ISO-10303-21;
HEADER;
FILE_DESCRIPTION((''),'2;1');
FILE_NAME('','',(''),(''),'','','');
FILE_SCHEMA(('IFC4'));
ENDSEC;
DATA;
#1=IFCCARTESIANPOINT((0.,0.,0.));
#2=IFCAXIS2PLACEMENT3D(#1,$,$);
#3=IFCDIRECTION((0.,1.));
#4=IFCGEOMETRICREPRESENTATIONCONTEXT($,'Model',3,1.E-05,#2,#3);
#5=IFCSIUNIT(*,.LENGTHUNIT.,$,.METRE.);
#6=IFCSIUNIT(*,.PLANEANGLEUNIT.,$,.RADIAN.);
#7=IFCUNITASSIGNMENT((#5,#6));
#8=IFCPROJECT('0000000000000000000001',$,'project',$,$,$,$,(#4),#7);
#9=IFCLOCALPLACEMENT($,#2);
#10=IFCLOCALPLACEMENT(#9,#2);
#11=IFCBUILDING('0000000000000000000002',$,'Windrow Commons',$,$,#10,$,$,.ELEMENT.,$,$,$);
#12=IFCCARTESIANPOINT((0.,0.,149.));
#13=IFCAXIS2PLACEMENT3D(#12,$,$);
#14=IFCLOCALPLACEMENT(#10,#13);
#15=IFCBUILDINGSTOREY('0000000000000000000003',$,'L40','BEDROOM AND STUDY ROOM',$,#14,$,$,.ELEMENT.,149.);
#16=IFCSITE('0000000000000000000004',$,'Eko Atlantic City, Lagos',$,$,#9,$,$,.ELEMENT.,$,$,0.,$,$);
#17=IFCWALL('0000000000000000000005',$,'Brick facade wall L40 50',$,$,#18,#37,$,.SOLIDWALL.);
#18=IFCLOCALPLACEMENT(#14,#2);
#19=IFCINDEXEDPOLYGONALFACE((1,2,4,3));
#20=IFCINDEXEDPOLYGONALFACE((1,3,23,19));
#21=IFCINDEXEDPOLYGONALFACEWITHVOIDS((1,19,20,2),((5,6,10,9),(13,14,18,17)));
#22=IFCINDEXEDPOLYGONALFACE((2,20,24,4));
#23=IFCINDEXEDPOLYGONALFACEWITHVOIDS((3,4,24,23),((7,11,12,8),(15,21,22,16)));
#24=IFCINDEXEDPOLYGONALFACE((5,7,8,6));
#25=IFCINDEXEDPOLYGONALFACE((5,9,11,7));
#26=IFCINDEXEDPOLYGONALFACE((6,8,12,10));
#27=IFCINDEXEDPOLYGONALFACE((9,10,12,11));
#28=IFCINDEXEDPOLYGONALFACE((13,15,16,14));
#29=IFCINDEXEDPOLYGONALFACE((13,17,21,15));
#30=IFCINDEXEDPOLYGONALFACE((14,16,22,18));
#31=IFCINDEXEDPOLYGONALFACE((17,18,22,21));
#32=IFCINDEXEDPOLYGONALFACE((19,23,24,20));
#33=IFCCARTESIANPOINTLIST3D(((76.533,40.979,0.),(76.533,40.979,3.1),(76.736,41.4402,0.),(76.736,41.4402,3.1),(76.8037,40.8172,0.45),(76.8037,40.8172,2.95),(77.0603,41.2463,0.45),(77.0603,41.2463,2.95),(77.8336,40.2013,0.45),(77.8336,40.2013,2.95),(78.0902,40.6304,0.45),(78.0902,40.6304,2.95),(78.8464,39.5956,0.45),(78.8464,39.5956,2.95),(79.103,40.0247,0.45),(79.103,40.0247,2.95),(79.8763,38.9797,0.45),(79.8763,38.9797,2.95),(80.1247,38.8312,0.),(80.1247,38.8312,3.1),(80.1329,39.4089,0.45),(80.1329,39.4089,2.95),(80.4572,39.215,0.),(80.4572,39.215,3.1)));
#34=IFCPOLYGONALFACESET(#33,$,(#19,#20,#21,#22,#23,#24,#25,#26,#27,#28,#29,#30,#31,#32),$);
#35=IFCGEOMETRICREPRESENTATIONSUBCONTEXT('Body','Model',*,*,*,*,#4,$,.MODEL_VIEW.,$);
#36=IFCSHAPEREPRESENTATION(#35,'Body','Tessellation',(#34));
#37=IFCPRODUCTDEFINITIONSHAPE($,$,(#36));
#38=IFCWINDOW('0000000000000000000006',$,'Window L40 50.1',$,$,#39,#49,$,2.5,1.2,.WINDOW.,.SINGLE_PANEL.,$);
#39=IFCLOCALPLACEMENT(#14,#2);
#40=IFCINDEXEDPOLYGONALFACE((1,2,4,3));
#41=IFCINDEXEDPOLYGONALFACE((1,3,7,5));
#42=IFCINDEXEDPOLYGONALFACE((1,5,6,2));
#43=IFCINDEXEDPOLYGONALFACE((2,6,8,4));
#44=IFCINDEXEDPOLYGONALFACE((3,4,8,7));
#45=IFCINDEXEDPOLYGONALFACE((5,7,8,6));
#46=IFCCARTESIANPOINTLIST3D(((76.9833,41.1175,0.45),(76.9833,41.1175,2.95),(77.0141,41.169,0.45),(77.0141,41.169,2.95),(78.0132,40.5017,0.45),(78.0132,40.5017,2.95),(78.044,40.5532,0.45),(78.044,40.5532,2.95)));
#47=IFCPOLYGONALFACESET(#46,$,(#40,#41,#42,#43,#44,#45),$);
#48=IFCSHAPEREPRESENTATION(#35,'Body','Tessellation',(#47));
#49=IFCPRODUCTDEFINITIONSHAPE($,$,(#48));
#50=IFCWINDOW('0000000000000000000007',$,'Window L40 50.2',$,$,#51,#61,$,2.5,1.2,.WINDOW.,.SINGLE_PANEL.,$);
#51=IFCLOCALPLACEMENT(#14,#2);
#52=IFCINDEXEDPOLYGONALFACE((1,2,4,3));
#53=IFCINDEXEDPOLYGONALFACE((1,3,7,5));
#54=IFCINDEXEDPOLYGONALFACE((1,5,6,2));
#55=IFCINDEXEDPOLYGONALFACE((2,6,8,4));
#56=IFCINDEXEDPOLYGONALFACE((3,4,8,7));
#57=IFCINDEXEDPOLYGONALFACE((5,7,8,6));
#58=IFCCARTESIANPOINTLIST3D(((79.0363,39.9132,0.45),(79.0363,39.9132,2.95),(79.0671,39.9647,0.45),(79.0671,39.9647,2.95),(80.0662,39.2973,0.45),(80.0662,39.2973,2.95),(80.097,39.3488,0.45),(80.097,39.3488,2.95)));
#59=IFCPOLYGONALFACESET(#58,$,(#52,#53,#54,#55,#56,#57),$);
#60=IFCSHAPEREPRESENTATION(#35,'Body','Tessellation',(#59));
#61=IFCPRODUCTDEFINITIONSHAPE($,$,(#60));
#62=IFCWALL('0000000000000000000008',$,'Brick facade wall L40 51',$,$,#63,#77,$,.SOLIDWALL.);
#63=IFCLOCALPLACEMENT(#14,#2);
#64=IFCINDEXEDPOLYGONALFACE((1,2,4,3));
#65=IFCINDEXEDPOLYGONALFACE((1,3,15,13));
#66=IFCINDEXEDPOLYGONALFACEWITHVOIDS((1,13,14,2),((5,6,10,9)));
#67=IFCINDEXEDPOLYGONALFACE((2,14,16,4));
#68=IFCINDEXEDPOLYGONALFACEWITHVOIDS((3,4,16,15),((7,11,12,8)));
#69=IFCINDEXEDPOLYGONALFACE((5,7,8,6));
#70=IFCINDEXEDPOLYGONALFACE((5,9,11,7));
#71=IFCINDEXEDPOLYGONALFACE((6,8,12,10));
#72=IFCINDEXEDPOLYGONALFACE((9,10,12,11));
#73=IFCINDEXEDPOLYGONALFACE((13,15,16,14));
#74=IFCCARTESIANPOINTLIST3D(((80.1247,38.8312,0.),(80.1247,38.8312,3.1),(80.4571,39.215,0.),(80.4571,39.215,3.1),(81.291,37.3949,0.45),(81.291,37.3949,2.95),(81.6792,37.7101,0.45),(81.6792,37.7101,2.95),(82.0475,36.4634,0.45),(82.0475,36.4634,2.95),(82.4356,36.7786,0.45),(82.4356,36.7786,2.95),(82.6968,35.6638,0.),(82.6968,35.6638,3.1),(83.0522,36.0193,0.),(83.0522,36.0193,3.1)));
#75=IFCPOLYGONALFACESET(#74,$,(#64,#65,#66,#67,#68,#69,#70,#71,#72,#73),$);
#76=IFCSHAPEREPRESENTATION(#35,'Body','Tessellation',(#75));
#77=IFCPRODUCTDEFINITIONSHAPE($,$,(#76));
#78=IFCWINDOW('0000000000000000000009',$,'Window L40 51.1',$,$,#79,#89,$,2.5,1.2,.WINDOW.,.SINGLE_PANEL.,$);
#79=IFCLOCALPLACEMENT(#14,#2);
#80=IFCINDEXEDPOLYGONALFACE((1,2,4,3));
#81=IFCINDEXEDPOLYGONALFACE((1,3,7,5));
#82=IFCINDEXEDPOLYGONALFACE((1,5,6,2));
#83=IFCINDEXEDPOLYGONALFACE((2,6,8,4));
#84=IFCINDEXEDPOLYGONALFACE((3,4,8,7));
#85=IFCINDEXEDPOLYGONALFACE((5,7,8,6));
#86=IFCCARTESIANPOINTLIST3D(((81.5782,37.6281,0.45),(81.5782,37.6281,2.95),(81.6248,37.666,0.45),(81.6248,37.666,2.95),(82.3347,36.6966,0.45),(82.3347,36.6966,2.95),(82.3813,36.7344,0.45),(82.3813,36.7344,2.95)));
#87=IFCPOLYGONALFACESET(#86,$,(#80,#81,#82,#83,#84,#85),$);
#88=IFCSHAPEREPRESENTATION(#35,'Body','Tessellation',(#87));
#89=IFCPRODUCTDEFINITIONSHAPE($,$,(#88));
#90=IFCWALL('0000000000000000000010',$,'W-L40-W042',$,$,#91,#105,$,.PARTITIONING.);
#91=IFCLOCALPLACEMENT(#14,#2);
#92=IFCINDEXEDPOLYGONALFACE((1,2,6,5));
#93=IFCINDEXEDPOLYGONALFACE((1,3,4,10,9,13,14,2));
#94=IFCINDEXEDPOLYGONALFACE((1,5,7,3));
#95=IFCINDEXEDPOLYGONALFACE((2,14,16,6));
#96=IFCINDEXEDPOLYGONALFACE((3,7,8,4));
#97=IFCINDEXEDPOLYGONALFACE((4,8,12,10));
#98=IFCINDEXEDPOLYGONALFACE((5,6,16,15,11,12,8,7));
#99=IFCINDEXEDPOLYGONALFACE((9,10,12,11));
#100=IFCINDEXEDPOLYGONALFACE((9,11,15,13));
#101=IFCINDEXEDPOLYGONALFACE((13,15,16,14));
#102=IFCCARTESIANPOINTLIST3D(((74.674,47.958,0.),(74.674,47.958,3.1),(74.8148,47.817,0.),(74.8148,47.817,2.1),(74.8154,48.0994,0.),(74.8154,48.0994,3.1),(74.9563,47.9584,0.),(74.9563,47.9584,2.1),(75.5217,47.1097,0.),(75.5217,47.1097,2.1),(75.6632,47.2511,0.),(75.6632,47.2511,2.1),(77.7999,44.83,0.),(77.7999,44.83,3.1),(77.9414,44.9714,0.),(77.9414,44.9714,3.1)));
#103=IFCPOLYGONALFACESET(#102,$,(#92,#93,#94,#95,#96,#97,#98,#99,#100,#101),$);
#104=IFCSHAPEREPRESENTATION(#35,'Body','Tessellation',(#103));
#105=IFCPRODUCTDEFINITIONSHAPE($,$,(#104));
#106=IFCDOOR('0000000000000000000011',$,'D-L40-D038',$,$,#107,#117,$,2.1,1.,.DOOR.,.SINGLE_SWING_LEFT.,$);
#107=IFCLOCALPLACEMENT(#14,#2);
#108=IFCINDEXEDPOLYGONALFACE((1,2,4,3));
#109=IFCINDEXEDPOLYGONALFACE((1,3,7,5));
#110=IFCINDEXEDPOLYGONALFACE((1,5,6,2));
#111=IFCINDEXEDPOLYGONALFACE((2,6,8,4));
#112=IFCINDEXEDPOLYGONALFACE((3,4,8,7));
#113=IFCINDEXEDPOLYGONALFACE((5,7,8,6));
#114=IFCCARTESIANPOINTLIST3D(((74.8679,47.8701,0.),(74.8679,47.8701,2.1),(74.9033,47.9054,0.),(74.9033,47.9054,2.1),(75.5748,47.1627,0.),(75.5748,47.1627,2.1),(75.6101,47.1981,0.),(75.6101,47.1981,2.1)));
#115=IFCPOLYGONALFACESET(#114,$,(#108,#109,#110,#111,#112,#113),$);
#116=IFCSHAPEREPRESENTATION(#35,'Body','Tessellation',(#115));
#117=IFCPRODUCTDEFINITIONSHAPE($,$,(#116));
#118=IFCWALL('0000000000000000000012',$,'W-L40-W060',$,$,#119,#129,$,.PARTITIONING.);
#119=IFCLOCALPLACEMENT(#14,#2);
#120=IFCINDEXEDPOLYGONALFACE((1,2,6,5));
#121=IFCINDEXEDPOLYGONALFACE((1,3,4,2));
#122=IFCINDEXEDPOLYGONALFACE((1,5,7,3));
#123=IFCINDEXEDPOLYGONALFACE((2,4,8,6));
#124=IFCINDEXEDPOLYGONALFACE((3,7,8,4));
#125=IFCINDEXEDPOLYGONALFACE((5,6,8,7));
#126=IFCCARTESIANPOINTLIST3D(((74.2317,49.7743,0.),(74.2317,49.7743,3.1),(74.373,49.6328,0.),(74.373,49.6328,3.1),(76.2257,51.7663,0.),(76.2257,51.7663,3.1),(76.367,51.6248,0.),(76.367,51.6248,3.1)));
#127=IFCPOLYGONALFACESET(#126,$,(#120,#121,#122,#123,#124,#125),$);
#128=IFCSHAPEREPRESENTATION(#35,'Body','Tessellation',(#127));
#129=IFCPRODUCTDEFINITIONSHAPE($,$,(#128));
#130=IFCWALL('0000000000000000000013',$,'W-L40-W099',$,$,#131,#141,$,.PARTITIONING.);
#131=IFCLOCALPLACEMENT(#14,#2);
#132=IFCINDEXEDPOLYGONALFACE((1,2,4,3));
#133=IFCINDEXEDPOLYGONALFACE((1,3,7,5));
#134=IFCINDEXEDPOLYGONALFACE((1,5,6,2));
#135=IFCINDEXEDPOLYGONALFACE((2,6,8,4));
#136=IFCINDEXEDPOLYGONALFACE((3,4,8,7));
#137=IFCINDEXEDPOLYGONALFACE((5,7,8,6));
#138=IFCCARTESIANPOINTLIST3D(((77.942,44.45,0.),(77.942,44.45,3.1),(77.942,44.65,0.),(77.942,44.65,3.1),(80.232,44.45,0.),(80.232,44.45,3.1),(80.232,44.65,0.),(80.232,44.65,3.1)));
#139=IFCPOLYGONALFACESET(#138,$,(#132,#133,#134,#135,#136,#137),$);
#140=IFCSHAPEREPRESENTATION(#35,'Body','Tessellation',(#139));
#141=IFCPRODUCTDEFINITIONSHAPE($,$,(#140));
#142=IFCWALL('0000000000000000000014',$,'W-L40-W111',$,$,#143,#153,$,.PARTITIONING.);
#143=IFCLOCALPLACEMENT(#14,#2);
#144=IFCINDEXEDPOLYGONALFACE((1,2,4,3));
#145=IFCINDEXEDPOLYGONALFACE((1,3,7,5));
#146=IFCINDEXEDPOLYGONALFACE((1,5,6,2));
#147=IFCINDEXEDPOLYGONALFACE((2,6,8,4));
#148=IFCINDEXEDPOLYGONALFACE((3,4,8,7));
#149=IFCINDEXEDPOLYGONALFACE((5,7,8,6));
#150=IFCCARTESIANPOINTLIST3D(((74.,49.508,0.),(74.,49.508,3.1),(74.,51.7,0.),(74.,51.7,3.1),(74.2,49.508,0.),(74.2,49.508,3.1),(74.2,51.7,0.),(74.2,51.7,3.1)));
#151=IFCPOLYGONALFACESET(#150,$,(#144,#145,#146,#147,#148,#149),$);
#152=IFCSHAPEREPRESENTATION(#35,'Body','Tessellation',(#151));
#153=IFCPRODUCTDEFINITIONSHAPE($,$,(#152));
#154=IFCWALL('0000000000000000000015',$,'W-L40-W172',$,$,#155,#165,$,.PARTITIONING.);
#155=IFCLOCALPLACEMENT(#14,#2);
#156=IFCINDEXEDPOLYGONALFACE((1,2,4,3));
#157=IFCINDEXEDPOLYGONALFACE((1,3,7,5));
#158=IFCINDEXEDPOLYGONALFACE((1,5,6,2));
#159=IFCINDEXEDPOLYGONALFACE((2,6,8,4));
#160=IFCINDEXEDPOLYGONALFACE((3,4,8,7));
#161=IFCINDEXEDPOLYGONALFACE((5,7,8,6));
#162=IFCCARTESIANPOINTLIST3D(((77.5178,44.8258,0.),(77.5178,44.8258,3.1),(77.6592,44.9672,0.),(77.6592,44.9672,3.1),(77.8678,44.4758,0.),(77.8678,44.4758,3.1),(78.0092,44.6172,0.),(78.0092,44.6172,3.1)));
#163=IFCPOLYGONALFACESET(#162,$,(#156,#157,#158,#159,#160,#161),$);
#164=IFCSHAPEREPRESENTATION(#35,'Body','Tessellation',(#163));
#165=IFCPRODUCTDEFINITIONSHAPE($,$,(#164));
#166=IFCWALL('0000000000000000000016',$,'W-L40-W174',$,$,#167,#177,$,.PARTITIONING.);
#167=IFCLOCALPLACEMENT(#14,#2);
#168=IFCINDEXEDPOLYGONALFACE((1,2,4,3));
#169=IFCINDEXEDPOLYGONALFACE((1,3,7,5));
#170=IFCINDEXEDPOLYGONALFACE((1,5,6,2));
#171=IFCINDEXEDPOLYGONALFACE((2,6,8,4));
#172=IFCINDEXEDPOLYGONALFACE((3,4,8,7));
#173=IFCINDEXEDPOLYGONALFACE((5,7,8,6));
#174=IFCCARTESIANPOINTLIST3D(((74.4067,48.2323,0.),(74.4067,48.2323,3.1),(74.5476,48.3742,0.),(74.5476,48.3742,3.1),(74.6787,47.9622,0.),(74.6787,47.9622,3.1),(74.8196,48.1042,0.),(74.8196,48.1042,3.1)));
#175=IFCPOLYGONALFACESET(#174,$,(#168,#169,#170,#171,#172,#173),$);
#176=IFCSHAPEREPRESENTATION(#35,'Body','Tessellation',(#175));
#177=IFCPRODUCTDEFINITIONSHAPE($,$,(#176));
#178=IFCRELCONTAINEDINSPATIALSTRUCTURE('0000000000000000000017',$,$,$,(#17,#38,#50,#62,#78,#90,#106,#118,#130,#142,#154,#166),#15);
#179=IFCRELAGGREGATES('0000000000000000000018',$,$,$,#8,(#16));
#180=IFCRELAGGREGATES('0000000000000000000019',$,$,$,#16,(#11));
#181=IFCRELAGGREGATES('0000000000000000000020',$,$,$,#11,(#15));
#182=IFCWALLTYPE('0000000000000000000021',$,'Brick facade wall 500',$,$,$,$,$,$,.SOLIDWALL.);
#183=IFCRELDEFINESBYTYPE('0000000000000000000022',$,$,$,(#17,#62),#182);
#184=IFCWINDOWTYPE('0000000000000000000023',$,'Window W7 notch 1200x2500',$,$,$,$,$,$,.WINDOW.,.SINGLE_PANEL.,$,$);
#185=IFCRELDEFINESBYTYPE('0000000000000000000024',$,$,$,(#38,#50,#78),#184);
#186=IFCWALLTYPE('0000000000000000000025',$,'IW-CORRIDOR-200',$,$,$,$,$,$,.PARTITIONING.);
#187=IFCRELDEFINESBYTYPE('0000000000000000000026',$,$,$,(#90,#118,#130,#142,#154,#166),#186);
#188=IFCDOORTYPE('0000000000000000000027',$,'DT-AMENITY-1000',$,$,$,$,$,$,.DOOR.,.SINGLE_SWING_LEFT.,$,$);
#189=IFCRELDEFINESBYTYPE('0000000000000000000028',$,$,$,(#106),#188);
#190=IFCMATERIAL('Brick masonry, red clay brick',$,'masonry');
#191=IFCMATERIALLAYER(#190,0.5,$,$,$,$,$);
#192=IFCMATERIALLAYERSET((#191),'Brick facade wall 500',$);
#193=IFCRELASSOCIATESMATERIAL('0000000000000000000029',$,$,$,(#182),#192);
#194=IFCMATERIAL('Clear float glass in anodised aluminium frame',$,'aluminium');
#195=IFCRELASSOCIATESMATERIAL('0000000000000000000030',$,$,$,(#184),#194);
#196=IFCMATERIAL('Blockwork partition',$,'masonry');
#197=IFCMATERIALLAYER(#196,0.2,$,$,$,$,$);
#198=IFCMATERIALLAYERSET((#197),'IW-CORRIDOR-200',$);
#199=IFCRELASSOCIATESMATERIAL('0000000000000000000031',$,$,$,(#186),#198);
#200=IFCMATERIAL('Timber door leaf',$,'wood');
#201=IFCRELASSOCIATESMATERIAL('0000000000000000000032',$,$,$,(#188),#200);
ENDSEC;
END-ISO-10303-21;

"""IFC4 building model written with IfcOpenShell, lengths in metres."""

from ifc_helpers import new_model, si_unit, direction, frame, frame_2d, origin, place, context, subcontext, project, spatial, polyline, rectangle, outline, extrude, material, layer, layer_set, type_object, element, fill, save


model = new_model("IFC4")

# Units and contexts
model_context = context("Model", 3, precision=1e-05, world=origin(), true_north=direction((0.0, 1.0)))
body_context = subcontext(model_context, "Body", "Model", "MODEL_VIEW")
ifc_project = project(units=[si_unit("LENGTHUNIT", "METRE"), si_unit("PLANEANGLEUNIT", "RADIAN")], contexts=[model_context])

# Site, building, storey
site_placement = place(None, origin())
site = spatial("IfcSite", under=ifc_project, at=site_placement, Name="Eko Atlantic City, Lagos", CompositionType="ELEMENT", RefElevation=0.0)
building_placement = place(site_placement, origin())
building = spatial("IfcBuilding", under=site, at=building_placement, Name="Windrow Commons", CompositionType="ELEMENT")
storey_placement = place(building_placement, frame((0.0, 0.0, 149.0)))
storey = spatial("IfcBuildingStorey", under=building, at=storey_placement, Name="L40", Description="BEDROOM AND STUDY ROOM", CompositionType="ELEMENT", Elevation=149.0)

# Shared definitions
ifc_material_1 = material(Name="Brick masonry, red clay brick", Category="masonry")
ifc_layer_1 = layer(ifc_material_1, 0.5)
ifc_layer_set_1 = layer_set([ifc_layer_1], Name="Brick facade wall 500")
wall_type_1 = type_object("IfcWallType", Name="Brick facade wall 500", PredefinedType="SOLIDWALL", material=ifc_layer_set_1)
ifc_material_2 = material(Name="Clear float glass in anodised aluminium frame", Category="aluminium")
window_type = type_object("IfcWindowType", Name="Window W7 notch 1200x2500", PartitioningType="SINGLE_PANEL", PredefinedType="WINDOW", material=ifc_material_2)

# Wall, openings, windows
wall_1_placement = place(storey_placement, frame((76.6345, 41.2096, 0.0), z_axis=(0.0, 0.0, 1.0), x_axis=(0.858252, -0.513228, 0.0)))
wall_1 = element("IfcWall", 1, at=wall_1_placement, inside=storey, type_object=wall_type_1, Name="Brick facade wall L40 50", PredefinedType="SOLIDWALL", context=body_context, shape_type="SweptSolid", body=[
    extrude(outline(polyline([(0.0312, -0.25), (4.2161, -0.25), (4.3045, 0.25), (-0.0312, 0.25), (0.0312, -0.25)])), origin(), (0.0, 0.0, 1.0), 3.1),
])
opening_1_placement = place(wall_1_placement, frame((0.3466, 0.0, 0.45)))
opening_1 = element("IfcOpeningElement", 2, at=opening_1_placement, cuts=wall_1, PredefinedType="OPENING", context=body_context, shape_type="SweptSolid", body=[
    extrude(rectangle(XDim=1.2, YDim=2.5, at=frame_2d((0.6, 1.25))), frame((0.0, 0.26, 0.0), z_axis=(0.0, -1.0, 0.0), x_axis=(1.0, 0.0, 0.0)), (0.0, 0.0, 1.0), 0.52),
])
opening_2_placement = place(wall_1_placement, frame((2.7267, 0.0, 0.45)))
opening_2 = element("IfcOpeningElement", 3, at=opening_2_placement, cuts=wall_1, PredefinedType="OPENING", context=body_context, shape_type="SweptSolid", body=[
    extrude(rectangle(XDim=1.2, YDim=2.5, at=frame_2d((0.6, 1.25))), frame((0.0, 0.26, 0.0), z_axis=(0.0, -1.0, 0.0), x_axis=(1.0, 0.0, 0.0)), (0.0, 0.0, 1.0), 0.52),
])
window_1_placement = place(opening_1_placement, origin())
window_1 = element("IfcWindow", 4, at=window_1_placement, inside=storey, type_object=window_type, Name="Window L40 50.1", OverallHeight=2.5, OverallWidth=1.2, PartitioningType="SINGLE_PANEL", PredefinedType="WINDOW", context=body_context, shape_type="SweptSolid", body=[
    extrude(rectangle(XDim=1.2, YDim=2.5, at=frame_2d((0.6, 1.25))), frame((0.0, 0.16, 0.0), z_axis=(0.0, -1.0, 0.0), x_axis=(1.0, 0.0, 0.0)), (0.0, 0.0, 1.0), 0.06),
])
fill(opening_1, window_1)
window_2_placement = place(opening_2_placement, origin())
window_2 = element("IfcWindow", 5, at=window_2_placement, inside=storey, type_object=window_type, Name="Window L40 50.2", OverallHeight=2.5, OverallWidth=1.2, PartitioningType="SINGLE_PANEL", PredefinedType="WINDOW", context=body_context, shape_type="SweptSolid", body=[
    extrude(rectangle(XDim=1.2, YDim=2.5, at=frame_2d((0.6, 1.25))), frame((0.0, 0.18, 0.0), z_axis=(0.0, -1.0, 0.0), x_axis=(1.0, 0.0, 0.0)), (0.0, 0.0, 1.0), 0.06),
])
fill(opening_2, window_2)

# Wall, opening, window
wall_2_placement = place(storey_placement, frame((80.2909, 39.0231, 0.0), z_axis=(0.0, 0.0, 1.0), x_axis=(0.630379, -0.776287, 0.0)))
wall_2 = element("IfcWall", 6, at=wall_2_placement, inside=storey, type_object=wall_type_1, Name="Brick facade wall L40 51", PredefinedType="SOLIDWALL", context=body_context, shape_type="SweptSolid", body=[
    extrude(outline(polyline([(0.0442, -0.25), (4.1244, -0.25), (4.0725, 0.25), (-0.0442, 0.25), (0.0442, -0.25)])), origin(), (0.0, 0.0, 1.0), 3.1),
])
opening_3_placement = place(wall_2_placement, frame((1.8944, 0.0, 0.45)))
opening_3 = element("IfcOpeningElement", 7, at=opening_3_placement, cuts=wall_2, PredefinedType="OPENING", context=body_context, shape_type="SweptSolid", body=[
    extrude(rectangle(XDim=1.2, YDim=2.5, at=frame_2d((0.6, 1.25))), frame((0.0, 0.26, 0.0), z_axis=(0.0, -1.0, 0.0), x_axis=(1.0, 0.0, 0.0)), (0.0, 0.0, 1.0), 0.52),
])
window_3_placement = place(opening_3_placement, origin())
window_3 = element("IfcWindow", 8, at=window_3_placement, inside=storey, type_object=window_type, Name="Window L40 51.1", OverallHeight=2.5, OverallWidth=1.2, PartitioningType="SINGLE_PANEL", PredefinedType="WINDOW", context=body_context, shape_type="SweptSolid", body=[
    extrude(rectangle(XDim=1.2, YDim=2.5, at=frame_2d((0.6, 1.25))), frame((0.0, 0.18, 0.0), z_axis=(0.0, -1.0, 0.0), x_axis=(1.0, 0.0, 0.0)), (0.0, 0.0, 1.0), 0.06),
])
fill(opening_3, window_3)

# Wall, opening, door
ifc_material_3 = material(Name="Blockwork partition", Category="masonry")
ifc_layer_2 = layer(ifc_material_3, 0.2)
ifc_layer_set_2 = layer_set([ifc_layer_2], Name="IW-CORRIDOR-200")
wall_type_2 = type_object("IfcWallType", Name="IW-CORRIDOR-200", PredefinedType="PARTITIONING", material=ifc_layer_set_2)
wall_3_placement = place(storey_placement, frame((74.7447, 48.0287, 0.0), z_axis=(0.0, 0.0, 1.0), x_axis=(0.706881, -0.707333, 0.0)))
wall_3 = element("IfcWall", 9, at=wall_3_placement, inside=storey, type_object=wall_type_2, Name="W-L40-W042", PredefinedType="PARTITIONING", context=body_context, shape_type="SweptSolid", body=[
    extrude(rectangle(XDim=4.4222, YDim=0.2, at=frame_2d((2.2111, 0.0))), origin(), (0.0, 0.0, 1.0), 3.1),
])
opening_4_placement = place(wall_3_placement, frame((0.1993, 0.0, 0.0)))
opening_4 = element("IfcOpeningElement", 10, at=opening_4_placement, cuts=wall_3, PredefinedType="OPENING", context=body_context, shape_type="SweptSolid", body=[
    extrude(rectangle(XDim=1.0, YDim=2.1, at=frame_2d((0.5, 1.05))), frame((0.0, 0.11, 0.0), z_axis=(0.0, -1.0, 0.0), x_axis=(1.0, 0.0, 0.0)), (0.0, 0.0, 1.0), 0.22),
])
ifc_material_4 = material(Name="Timber door leaf", Category="wood")
door_type_1 = type_object("IfcDoorType", Name="DT-AMENITY-1000", OperationType="SINGLE_SWING_LEFT", PredefinedType="DOOR", material=ifc_material_4)
door_1_placement = place(opening_4_placement, origin())
door_1 = element("IfcDoor", 11, at=door_1_placement, inside=storey, type_object=door_type_1, Name="D-L40-D038", OperationType="SINGLE_SWING_LEFT", OverallHeight=2.1, OverallWidth=1.0, PredefinedType="DOOR", context=body_context, shape_type="SweptSolid", body=[
    extrude(rectangle(XDim=1.0, YDim=2.1, at=frame_2d((0.5, 1.05))), frame((0.0, 0.025, 0.0), z_axis=(0.0, -1.0, 0.0), x_axis=(1.0, 0.0, 0.0)), (0.0, 0.0, 1.0), 0.05),
])
fill(opening_4, door_1)

# Walls
wall_4_placement = place(storey_placement, frame((74.3024, 49.7036, 0.0), z_axis=(0.0, 0.0, 1.0), x_axis=(0.707461, 0.706752, 0.0)))
element("IfcWall", 12, at=wall_4_placement, inside=storey, type_object=wall_type_2, Name="W-L40-W060", PredefinedType="PARTITIONING", context=body_context, shape_type="SweptSolid", body=[
    extrude(rectangle(XDim=2.8185, YDim=0.2, at=frame_2d((1.4092, 0.0))), origin(), (0.0, 0.0, 1.0), 3.1),
])
wall_5_placement = place(storey_placement, frame((77.942, 44.55, 0.0), z_axis=(0.0, 0.0, 1.0), x_axis=(1.0, 0.0, 0.0)))
element("IfcWall", 13, at=wall_5_placement, inside=storey, type_object=wall_type_2, Name="W-L40-W099", PredefinedType="PARTITIONING", context=body_context, shape_type="SweptSolid", body=[
    extrude(rectangle(XDim=2.29, YDim=0.2, at=frame_2d((1.145, 0.0))), origin(), (0.0, 0.0, 1.0), 3.1),
])
wall_6_placement = place(storey_placement, frame((74.1, 49.508, 0.0), z_axis=(0.0, 0.0, 1.0), x_axis=(0.0, 1.0, 0.0)))
element("IfcWall", 14, at=wall_6_placement, inside=storey, type_object=wall_type_2, Name="W-L40-W111", PredefinedType="PARTITIONING", context=body_context, shape_type="SweptSolid", body=[
    extrude(rectangle(XDim=2.192, YDim=0.2, at=frame_2d((1.096, 0.0))), origin(), (0.0, 0.0, 1.0), 3.1),
])
wall_7_placement = place(storey_placement, frame((77.5885, 44.8965, 0.0), z_axis=(0.0, 0.0, 1.0), x_axis=(0.707107, -0.707107, 0.0)))
element("IfcWall", 15, at=wall_7_placement, inside=storey, type_object=wall_type_2, Name="W-L40-W172", PredefinedType="PARTITIONING", context=body_context, shape_type="SweptSolid", body=[
    extrude(rectangle(XDim=0.495, YDim=0.2, at=frame_2d((0.2475, 0.0))), origin(), (0.0, 0.0, 1.0), 3.1),
])
wall_8_placement = place(storey_placement, frame((74.4772, 48.3032, 0.0), z_axis=(0.0, 0.0, 1.0), x_axis=(0.709711, -0.704493, 0.0)))
element("IfcWall", 16, at=wall_8_placement, inside=storey, type_object=wall_type_2, Name="W-L40-W174", PredefinedType="PARTITIONING", context=body_context, shape_type="SweptSolid", body=[
    extrude(rectangle(XDim=0.3833, YDim=0.2, at=frame_2d((0.1916, 0.0))), origin(), (0.0, 0.0, 1.0), 3.1),
])

save(model, "model.ifc")
